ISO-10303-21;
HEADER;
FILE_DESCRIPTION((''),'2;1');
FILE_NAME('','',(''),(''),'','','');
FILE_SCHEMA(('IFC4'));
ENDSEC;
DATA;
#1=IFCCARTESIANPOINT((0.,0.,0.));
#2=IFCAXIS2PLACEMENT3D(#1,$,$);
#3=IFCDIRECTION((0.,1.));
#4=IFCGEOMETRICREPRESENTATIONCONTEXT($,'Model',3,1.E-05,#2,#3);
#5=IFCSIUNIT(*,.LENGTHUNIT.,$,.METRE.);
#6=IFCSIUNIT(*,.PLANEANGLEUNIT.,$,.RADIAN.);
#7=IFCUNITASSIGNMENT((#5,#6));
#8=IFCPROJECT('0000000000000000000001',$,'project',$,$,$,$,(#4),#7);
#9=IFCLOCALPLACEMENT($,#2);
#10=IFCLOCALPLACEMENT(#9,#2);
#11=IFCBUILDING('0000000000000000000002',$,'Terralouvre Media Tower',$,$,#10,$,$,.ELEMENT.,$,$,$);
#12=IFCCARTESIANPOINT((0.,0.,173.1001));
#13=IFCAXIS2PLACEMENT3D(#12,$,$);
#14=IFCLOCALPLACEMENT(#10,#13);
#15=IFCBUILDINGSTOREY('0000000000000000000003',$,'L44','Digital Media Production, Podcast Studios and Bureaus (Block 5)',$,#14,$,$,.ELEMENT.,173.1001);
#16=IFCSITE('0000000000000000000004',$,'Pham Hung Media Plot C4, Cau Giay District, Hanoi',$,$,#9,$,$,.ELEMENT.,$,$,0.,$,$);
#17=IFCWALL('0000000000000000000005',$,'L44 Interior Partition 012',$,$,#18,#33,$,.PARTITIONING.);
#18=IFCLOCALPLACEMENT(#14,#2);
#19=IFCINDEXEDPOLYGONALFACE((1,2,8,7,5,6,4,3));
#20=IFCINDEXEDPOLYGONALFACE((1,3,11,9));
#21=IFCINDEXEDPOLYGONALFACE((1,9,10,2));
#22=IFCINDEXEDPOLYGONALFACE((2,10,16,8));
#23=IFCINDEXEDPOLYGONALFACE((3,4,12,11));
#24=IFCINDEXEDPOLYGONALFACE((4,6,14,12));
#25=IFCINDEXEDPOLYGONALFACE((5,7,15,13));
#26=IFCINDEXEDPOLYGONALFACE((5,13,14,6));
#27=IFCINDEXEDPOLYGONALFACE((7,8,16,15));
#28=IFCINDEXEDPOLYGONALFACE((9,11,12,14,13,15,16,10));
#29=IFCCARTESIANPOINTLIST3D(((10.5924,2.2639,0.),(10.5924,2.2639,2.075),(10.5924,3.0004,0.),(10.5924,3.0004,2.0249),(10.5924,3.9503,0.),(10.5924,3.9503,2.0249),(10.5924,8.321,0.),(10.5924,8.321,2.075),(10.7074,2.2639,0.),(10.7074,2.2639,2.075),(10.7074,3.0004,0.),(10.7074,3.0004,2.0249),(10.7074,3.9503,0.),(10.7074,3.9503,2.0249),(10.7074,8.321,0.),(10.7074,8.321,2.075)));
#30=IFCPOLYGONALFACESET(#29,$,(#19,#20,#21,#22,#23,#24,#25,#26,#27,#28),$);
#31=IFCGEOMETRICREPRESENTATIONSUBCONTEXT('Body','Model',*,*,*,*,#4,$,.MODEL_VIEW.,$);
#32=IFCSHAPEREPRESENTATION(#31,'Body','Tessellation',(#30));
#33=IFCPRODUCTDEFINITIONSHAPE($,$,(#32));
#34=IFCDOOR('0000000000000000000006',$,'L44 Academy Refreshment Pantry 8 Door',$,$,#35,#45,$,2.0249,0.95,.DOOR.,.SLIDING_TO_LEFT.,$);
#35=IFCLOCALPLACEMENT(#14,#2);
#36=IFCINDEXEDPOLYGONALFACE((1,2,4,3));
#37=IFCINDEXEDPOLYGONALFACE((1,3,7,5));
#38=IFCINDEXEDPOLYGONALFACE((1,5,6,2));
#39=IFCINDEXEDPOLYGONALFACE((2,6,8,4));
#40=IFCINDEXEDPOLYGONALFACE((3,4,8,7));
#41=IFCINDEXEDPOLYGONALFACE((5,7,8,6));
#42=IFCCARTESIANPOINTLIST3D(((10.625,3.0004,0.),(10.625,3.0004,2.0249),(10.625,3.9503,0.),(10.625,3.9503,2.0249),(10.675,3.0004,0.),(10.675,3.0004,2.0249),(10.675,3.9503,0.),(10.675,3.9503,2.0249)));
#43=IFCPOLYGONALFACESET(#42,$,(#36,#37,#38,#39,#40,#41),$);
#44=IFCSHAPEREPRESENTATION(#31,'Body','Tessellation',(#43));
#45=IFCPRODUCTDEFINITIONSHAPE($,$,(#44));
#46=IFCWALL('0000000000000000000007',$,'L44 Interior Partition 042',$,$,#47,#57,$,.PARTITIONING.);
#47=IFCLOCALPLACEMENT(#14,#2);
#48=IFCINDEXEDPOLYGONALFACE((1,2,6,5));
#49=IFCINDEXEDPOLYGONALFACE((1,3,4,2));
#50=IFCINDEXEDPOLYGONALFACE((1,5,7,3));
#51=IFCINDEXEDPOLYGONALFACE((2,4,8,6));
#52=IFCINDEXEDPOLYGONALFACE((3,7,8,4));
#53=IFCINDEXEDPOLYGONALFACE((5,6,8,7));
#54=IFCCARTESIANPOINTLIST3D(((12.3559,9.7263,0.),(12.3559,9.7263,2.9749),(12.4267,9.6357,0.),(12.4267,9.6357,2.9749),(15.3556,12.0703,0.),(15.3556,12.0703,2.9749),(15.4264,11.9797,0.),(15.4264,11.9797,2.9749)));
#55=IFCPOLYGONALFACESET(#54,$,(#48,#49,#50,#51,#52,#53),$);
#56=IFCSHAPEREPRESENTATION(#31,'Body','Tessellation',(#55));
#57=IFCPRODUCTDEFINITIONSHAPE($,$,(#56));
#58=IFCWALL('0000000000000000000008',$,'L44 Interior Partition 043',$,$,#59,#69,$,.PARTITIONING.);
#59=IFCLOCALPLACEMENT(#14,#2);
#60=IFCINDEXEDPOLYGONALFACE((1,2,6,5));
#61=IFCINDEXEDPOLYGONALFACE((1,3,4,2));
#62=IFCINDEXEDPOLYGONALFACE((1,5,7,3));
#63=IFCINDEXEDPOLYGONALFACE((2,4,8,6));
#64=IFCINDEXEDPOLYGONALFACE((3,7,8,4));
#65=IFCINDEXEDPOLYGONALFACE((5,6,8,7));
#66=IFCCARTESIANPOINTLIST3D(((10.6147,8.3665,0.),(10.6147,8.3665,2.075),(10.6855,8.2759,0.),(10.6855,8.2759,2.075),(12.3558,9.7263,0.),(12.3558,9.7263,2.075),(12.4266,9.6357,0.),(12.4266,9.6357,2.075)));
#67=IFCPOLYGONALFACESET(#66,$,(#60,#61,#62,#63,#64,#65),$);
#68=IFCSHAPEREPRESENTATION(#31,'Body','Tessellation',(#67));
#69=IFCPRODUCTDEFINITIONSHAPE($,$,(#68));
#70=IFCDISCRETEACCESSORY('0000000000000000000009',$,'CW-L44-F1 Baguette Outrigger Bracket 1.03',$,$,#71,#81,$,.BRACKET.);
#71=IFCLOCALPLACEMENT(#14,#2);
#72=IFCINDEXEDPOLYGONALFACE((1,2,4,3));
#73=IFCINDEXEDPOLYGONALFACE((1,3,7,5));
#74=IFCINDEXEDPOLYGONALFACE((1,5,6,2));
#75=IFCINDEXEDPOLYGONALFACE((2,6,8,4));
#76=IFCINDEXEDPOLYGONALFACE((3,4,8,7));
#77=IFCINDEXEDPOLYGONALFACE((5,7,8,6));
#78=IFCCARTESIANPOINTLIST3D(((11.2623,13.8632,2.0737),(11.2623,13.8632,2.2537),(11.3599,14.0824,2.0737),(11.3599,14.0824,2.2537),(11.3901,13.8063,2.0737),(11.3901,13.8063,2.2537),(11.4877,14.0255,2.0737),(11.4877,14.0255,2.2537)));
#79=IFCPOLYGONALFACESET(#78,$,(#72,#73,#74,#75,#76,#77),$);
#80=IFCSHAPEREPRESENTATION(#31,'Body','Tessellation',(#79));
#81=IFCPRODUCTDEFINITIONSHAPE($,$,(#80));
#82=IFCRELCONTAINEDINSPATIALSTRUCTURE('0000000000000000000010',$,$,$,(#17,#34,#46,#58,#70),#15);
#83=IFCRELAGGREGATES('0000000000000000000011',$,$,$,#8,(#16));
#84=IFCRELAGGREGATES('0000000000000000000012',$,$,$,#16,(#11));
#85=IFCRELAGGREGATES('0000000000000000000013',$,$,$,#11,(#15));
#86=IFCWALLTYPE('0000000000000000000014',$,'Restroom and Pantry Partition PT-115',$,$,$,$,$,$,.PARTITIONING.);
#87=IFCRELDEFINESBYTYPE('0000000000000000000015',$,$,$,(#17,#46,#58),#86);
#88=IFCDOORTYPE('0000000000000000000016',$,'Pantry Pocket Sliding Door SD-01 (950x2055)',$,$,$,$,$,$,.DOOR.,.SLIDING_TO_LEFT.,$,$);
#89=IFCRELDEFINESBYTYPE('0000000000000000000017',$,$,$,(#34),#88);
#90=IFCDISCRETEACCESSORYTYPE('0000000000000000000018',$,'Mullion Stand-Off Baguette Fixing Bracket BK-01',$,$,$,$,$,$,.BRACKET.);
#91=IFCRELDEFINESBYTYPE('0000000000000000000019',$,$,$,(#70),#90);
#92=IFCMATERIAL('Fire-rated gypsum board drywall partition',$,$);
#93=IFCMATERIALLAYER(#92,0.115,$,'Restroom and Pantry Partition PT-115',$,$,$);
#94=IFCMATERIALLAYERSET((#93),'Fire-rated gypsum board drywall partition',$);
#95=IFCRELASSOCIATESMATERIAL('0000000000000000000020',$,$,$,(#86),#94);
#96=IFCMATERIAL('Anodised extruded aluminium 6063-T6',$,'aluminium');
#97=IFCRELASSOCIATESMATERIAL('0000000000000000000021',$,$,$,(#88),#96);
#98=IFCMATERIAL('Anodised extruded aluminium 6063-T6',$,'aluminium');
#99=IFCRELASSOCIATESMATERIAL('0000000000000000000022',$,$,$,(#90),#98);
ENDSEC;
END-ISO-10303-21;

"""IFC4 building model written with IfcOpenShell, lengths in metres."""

from ifc_helpers import new_model, si_unit, direction, frame, frame_2d, origin, origin_2d, place, context, subcontext, project, spatial, rectangle, extrude, material, layer, layer_set, type_object, element, fill, save


model = new_model("IFC4")

# Units and contexts
model_context = context("Model", 3, precision=1e-05, world=origin(), true_north=direction((0.0, 1.0)))
body_context = subcontext(model_context, "Body", "Model", "MODEL_VIEW")
ifc_project = project(units=[si_unit("LENGTHUNIT", "METRE"), si_unit("PLANEANGLEUNIT", "RADIAN")], contexts=[model_context])

# Site, building, storey
site_placement = place(None, origin())
site = spatial("IfcSite", under=ifc_project, at=site_placement, Name="Pham Hung Media Plot C4, Cau Giay District, Hanoi", CompositionType="ELEMENT", RefElevation=0.0)
building_placement = place(site_placement, origin())
building = spatial("IfcBuilding", under=site, at=building_placement, Name="Terralouvre Media Tower", CompositionType="ELEMENT")
storey_placement = place(building_placement, frame((0.0, 0.0, 173.1001)))
storey = spatial("IfcBuildingStorey", under=building, at=storey_placement, Name="L44", Description="Digital Media Production, Podcast Studios and Bureaus (Block 5)", CompositionType="ELEMENT", Elevation=173.1001)

# Wall, opening, door
ifc_material_1 = material(Name="Fire-rated gypsum board drywall partition")
ifc_layer_1 = layer(ifc_material_1, 0.115, Name="Restroom and Pantry Partition PT-115")
ifc_layer_set_1 = layer_set([ifc_layer_1], Name="Fire-rated gypsum board drywall partition")
wall_type_1 = type_object("IfcWallType", Name="Restroom and Pantry Partition PT-115", PredefinedType="PARTITIONING", material=ifc_layer_set_1)
wall_1_placement = place(storey_placement, frame((10.6499, 2.2639, 0.0), z_axis=(0.0, 0.0, 1.0), x_axis=(0.0, 1.0, 0.0)))
wall_1 = element("IfcWall", 1, at=wall_1_placement, inside=storey, type_object=wall_type_1, Name="L44 Interior Partition 012", PredefinedType="PARTITIONING", context=body_context, shape_type="SweptSolid", body=[
    extrude(rectangle(XDim=6.0571, YDim=0.115, at=frame_2d((3.0286, 0.0))), origin(), (0.0, 0.0, 1.0), 2.075),
])
opening_1_placement = place(wall_1_placement, frame((0.7363, 0.0, 0.0)))
opening_1 = element("IfcOpeningElement", 2, at=opening_1_placement, cuts=wall_1, PredefinedType="OPENING", context=body_context, shape_type="SweptSolid", body=[
    extrude(rectangle(XDim=0.95, YDim=2.0249, at=frame_2d((0.4751, 1.0125))), frame((0.0, 0.0674, 0.0), z_axis=(0.0, -1.0, 0.0), x_axis=(1.0, 0.0, 0.0)), (0.0, 0.0, 1.0), 0.135),
])
ifc_material_2 = material(Name="Anodised extruded aluminium 6063-T6", Category="aluminium")
door_type_1 = type_object("IfcDoorType", Name="Pantry Pocket Sliding Door SD-01 (950x2055)", OperationType="SLIDING_TO_LEFT", PredefinedType="DOOR", material=ifc_material_2)
door_1_placement = place(opening_1_placement, origin())
door_1 = element("IfcDoor", 3, at=door_1_placement, inside=storey, type_object=door_type_1, Name="L44 Academy Refreshment Pantry 8 Door", OperationType="SLIDING_TO_LEFT", OverallHeight=2.0249, OverallWidth=0.95, PredefinedType="DOOR", context=body_context, shape_type="SweptSolid", body=[
    extrude(rectangle(XDim=0.95, YDim=2.0249, at=frame_2d((0.4751, 1.0125))), frame((0.0, 0.0249, 0.0), z_axis=(0.0, -1.0, 0.0), x_axis=(1.0, 0.0, 0.0)), (0.0, 0.0, 1.0), 0.05),
])
fill(opening_1, door_1)

# Walls
wall_2_placement = place(storey_placement, frame((15.3909, 12.0249, 0.0), z_axis=(0.0, 0.0, 1.0), x_axis=(-0.787969, -0.615715, 0.0)))
element("IfcWall", 4, at=wall_2_placement, inside=storey, type_object=wall_type_1, Name="L44 Interior Partition 042", PredefinedType="PARTITIONING", context=body_context, shape_type="SweptSolid", body=[
    extrude(rectangle(XDim=3.8069, YDim=0.115, at=frame_2d((1.9033, 0.0))), origin(), (0.0, 0.0, 1.0), 2.9749),
])
wall_3_placement = place(storey_placement, frame((12.3911, 9.6809, 0.0), z_axis=(0.0, 0.0, 1.0), x_axis=(-0.788125, -0.615515, 0.0)))
element("IfcWall", 5, at=wall_3_placement, inside=storey, type_object=wall_type_1, Name="L44 Interior Partition 043", PredefinedType="PARTITIONING", context=body_context, shape_type="SweptSolid", body=[
    extrude(rectangle(XDim=2.2092, YDim=0.115, at=frame_2d((1.1045, 0.0))), origin(), (0.0, 0.0, 1.0), 2.075),
])

# Discrete accessory
ifc_material_3 = material(Name="Anodised extruded aluminium 6063-T6", Category="aluminium")
discrete_accessory_type = type_object("IfcDiscreteAccessoryType", Name="Mullion Stand-Off Baguette Fixing Bracket BK-01", PredefinedType="BRACKET", material=ifc_material_3)
discrete_accessory_placement = place(storey_placement, frame((11.375, 13.9443, 2.0737), z_axis=(0.0, 0.0, 1.0), x_axis=(-0.913545, 0.406737, 0.0)))
element("IfcDiscreteAccessory", 6, at=discrete_accessory_placement, inside=storey, type_object=discrete_accessory_type, Name="CW-L44-F1 Baguette Outrigger Bracket 1.03", PredefinedType="BRACKET", context=body_context, shape_type="SweptSolid", body=[
    extrude(rectangle(XDim=0.1399, YDim=0.24, at=origin_2d()), origin(), (0.0, 0.0, 1.0), 0.1799),
])

save(model, "model.ifc")
